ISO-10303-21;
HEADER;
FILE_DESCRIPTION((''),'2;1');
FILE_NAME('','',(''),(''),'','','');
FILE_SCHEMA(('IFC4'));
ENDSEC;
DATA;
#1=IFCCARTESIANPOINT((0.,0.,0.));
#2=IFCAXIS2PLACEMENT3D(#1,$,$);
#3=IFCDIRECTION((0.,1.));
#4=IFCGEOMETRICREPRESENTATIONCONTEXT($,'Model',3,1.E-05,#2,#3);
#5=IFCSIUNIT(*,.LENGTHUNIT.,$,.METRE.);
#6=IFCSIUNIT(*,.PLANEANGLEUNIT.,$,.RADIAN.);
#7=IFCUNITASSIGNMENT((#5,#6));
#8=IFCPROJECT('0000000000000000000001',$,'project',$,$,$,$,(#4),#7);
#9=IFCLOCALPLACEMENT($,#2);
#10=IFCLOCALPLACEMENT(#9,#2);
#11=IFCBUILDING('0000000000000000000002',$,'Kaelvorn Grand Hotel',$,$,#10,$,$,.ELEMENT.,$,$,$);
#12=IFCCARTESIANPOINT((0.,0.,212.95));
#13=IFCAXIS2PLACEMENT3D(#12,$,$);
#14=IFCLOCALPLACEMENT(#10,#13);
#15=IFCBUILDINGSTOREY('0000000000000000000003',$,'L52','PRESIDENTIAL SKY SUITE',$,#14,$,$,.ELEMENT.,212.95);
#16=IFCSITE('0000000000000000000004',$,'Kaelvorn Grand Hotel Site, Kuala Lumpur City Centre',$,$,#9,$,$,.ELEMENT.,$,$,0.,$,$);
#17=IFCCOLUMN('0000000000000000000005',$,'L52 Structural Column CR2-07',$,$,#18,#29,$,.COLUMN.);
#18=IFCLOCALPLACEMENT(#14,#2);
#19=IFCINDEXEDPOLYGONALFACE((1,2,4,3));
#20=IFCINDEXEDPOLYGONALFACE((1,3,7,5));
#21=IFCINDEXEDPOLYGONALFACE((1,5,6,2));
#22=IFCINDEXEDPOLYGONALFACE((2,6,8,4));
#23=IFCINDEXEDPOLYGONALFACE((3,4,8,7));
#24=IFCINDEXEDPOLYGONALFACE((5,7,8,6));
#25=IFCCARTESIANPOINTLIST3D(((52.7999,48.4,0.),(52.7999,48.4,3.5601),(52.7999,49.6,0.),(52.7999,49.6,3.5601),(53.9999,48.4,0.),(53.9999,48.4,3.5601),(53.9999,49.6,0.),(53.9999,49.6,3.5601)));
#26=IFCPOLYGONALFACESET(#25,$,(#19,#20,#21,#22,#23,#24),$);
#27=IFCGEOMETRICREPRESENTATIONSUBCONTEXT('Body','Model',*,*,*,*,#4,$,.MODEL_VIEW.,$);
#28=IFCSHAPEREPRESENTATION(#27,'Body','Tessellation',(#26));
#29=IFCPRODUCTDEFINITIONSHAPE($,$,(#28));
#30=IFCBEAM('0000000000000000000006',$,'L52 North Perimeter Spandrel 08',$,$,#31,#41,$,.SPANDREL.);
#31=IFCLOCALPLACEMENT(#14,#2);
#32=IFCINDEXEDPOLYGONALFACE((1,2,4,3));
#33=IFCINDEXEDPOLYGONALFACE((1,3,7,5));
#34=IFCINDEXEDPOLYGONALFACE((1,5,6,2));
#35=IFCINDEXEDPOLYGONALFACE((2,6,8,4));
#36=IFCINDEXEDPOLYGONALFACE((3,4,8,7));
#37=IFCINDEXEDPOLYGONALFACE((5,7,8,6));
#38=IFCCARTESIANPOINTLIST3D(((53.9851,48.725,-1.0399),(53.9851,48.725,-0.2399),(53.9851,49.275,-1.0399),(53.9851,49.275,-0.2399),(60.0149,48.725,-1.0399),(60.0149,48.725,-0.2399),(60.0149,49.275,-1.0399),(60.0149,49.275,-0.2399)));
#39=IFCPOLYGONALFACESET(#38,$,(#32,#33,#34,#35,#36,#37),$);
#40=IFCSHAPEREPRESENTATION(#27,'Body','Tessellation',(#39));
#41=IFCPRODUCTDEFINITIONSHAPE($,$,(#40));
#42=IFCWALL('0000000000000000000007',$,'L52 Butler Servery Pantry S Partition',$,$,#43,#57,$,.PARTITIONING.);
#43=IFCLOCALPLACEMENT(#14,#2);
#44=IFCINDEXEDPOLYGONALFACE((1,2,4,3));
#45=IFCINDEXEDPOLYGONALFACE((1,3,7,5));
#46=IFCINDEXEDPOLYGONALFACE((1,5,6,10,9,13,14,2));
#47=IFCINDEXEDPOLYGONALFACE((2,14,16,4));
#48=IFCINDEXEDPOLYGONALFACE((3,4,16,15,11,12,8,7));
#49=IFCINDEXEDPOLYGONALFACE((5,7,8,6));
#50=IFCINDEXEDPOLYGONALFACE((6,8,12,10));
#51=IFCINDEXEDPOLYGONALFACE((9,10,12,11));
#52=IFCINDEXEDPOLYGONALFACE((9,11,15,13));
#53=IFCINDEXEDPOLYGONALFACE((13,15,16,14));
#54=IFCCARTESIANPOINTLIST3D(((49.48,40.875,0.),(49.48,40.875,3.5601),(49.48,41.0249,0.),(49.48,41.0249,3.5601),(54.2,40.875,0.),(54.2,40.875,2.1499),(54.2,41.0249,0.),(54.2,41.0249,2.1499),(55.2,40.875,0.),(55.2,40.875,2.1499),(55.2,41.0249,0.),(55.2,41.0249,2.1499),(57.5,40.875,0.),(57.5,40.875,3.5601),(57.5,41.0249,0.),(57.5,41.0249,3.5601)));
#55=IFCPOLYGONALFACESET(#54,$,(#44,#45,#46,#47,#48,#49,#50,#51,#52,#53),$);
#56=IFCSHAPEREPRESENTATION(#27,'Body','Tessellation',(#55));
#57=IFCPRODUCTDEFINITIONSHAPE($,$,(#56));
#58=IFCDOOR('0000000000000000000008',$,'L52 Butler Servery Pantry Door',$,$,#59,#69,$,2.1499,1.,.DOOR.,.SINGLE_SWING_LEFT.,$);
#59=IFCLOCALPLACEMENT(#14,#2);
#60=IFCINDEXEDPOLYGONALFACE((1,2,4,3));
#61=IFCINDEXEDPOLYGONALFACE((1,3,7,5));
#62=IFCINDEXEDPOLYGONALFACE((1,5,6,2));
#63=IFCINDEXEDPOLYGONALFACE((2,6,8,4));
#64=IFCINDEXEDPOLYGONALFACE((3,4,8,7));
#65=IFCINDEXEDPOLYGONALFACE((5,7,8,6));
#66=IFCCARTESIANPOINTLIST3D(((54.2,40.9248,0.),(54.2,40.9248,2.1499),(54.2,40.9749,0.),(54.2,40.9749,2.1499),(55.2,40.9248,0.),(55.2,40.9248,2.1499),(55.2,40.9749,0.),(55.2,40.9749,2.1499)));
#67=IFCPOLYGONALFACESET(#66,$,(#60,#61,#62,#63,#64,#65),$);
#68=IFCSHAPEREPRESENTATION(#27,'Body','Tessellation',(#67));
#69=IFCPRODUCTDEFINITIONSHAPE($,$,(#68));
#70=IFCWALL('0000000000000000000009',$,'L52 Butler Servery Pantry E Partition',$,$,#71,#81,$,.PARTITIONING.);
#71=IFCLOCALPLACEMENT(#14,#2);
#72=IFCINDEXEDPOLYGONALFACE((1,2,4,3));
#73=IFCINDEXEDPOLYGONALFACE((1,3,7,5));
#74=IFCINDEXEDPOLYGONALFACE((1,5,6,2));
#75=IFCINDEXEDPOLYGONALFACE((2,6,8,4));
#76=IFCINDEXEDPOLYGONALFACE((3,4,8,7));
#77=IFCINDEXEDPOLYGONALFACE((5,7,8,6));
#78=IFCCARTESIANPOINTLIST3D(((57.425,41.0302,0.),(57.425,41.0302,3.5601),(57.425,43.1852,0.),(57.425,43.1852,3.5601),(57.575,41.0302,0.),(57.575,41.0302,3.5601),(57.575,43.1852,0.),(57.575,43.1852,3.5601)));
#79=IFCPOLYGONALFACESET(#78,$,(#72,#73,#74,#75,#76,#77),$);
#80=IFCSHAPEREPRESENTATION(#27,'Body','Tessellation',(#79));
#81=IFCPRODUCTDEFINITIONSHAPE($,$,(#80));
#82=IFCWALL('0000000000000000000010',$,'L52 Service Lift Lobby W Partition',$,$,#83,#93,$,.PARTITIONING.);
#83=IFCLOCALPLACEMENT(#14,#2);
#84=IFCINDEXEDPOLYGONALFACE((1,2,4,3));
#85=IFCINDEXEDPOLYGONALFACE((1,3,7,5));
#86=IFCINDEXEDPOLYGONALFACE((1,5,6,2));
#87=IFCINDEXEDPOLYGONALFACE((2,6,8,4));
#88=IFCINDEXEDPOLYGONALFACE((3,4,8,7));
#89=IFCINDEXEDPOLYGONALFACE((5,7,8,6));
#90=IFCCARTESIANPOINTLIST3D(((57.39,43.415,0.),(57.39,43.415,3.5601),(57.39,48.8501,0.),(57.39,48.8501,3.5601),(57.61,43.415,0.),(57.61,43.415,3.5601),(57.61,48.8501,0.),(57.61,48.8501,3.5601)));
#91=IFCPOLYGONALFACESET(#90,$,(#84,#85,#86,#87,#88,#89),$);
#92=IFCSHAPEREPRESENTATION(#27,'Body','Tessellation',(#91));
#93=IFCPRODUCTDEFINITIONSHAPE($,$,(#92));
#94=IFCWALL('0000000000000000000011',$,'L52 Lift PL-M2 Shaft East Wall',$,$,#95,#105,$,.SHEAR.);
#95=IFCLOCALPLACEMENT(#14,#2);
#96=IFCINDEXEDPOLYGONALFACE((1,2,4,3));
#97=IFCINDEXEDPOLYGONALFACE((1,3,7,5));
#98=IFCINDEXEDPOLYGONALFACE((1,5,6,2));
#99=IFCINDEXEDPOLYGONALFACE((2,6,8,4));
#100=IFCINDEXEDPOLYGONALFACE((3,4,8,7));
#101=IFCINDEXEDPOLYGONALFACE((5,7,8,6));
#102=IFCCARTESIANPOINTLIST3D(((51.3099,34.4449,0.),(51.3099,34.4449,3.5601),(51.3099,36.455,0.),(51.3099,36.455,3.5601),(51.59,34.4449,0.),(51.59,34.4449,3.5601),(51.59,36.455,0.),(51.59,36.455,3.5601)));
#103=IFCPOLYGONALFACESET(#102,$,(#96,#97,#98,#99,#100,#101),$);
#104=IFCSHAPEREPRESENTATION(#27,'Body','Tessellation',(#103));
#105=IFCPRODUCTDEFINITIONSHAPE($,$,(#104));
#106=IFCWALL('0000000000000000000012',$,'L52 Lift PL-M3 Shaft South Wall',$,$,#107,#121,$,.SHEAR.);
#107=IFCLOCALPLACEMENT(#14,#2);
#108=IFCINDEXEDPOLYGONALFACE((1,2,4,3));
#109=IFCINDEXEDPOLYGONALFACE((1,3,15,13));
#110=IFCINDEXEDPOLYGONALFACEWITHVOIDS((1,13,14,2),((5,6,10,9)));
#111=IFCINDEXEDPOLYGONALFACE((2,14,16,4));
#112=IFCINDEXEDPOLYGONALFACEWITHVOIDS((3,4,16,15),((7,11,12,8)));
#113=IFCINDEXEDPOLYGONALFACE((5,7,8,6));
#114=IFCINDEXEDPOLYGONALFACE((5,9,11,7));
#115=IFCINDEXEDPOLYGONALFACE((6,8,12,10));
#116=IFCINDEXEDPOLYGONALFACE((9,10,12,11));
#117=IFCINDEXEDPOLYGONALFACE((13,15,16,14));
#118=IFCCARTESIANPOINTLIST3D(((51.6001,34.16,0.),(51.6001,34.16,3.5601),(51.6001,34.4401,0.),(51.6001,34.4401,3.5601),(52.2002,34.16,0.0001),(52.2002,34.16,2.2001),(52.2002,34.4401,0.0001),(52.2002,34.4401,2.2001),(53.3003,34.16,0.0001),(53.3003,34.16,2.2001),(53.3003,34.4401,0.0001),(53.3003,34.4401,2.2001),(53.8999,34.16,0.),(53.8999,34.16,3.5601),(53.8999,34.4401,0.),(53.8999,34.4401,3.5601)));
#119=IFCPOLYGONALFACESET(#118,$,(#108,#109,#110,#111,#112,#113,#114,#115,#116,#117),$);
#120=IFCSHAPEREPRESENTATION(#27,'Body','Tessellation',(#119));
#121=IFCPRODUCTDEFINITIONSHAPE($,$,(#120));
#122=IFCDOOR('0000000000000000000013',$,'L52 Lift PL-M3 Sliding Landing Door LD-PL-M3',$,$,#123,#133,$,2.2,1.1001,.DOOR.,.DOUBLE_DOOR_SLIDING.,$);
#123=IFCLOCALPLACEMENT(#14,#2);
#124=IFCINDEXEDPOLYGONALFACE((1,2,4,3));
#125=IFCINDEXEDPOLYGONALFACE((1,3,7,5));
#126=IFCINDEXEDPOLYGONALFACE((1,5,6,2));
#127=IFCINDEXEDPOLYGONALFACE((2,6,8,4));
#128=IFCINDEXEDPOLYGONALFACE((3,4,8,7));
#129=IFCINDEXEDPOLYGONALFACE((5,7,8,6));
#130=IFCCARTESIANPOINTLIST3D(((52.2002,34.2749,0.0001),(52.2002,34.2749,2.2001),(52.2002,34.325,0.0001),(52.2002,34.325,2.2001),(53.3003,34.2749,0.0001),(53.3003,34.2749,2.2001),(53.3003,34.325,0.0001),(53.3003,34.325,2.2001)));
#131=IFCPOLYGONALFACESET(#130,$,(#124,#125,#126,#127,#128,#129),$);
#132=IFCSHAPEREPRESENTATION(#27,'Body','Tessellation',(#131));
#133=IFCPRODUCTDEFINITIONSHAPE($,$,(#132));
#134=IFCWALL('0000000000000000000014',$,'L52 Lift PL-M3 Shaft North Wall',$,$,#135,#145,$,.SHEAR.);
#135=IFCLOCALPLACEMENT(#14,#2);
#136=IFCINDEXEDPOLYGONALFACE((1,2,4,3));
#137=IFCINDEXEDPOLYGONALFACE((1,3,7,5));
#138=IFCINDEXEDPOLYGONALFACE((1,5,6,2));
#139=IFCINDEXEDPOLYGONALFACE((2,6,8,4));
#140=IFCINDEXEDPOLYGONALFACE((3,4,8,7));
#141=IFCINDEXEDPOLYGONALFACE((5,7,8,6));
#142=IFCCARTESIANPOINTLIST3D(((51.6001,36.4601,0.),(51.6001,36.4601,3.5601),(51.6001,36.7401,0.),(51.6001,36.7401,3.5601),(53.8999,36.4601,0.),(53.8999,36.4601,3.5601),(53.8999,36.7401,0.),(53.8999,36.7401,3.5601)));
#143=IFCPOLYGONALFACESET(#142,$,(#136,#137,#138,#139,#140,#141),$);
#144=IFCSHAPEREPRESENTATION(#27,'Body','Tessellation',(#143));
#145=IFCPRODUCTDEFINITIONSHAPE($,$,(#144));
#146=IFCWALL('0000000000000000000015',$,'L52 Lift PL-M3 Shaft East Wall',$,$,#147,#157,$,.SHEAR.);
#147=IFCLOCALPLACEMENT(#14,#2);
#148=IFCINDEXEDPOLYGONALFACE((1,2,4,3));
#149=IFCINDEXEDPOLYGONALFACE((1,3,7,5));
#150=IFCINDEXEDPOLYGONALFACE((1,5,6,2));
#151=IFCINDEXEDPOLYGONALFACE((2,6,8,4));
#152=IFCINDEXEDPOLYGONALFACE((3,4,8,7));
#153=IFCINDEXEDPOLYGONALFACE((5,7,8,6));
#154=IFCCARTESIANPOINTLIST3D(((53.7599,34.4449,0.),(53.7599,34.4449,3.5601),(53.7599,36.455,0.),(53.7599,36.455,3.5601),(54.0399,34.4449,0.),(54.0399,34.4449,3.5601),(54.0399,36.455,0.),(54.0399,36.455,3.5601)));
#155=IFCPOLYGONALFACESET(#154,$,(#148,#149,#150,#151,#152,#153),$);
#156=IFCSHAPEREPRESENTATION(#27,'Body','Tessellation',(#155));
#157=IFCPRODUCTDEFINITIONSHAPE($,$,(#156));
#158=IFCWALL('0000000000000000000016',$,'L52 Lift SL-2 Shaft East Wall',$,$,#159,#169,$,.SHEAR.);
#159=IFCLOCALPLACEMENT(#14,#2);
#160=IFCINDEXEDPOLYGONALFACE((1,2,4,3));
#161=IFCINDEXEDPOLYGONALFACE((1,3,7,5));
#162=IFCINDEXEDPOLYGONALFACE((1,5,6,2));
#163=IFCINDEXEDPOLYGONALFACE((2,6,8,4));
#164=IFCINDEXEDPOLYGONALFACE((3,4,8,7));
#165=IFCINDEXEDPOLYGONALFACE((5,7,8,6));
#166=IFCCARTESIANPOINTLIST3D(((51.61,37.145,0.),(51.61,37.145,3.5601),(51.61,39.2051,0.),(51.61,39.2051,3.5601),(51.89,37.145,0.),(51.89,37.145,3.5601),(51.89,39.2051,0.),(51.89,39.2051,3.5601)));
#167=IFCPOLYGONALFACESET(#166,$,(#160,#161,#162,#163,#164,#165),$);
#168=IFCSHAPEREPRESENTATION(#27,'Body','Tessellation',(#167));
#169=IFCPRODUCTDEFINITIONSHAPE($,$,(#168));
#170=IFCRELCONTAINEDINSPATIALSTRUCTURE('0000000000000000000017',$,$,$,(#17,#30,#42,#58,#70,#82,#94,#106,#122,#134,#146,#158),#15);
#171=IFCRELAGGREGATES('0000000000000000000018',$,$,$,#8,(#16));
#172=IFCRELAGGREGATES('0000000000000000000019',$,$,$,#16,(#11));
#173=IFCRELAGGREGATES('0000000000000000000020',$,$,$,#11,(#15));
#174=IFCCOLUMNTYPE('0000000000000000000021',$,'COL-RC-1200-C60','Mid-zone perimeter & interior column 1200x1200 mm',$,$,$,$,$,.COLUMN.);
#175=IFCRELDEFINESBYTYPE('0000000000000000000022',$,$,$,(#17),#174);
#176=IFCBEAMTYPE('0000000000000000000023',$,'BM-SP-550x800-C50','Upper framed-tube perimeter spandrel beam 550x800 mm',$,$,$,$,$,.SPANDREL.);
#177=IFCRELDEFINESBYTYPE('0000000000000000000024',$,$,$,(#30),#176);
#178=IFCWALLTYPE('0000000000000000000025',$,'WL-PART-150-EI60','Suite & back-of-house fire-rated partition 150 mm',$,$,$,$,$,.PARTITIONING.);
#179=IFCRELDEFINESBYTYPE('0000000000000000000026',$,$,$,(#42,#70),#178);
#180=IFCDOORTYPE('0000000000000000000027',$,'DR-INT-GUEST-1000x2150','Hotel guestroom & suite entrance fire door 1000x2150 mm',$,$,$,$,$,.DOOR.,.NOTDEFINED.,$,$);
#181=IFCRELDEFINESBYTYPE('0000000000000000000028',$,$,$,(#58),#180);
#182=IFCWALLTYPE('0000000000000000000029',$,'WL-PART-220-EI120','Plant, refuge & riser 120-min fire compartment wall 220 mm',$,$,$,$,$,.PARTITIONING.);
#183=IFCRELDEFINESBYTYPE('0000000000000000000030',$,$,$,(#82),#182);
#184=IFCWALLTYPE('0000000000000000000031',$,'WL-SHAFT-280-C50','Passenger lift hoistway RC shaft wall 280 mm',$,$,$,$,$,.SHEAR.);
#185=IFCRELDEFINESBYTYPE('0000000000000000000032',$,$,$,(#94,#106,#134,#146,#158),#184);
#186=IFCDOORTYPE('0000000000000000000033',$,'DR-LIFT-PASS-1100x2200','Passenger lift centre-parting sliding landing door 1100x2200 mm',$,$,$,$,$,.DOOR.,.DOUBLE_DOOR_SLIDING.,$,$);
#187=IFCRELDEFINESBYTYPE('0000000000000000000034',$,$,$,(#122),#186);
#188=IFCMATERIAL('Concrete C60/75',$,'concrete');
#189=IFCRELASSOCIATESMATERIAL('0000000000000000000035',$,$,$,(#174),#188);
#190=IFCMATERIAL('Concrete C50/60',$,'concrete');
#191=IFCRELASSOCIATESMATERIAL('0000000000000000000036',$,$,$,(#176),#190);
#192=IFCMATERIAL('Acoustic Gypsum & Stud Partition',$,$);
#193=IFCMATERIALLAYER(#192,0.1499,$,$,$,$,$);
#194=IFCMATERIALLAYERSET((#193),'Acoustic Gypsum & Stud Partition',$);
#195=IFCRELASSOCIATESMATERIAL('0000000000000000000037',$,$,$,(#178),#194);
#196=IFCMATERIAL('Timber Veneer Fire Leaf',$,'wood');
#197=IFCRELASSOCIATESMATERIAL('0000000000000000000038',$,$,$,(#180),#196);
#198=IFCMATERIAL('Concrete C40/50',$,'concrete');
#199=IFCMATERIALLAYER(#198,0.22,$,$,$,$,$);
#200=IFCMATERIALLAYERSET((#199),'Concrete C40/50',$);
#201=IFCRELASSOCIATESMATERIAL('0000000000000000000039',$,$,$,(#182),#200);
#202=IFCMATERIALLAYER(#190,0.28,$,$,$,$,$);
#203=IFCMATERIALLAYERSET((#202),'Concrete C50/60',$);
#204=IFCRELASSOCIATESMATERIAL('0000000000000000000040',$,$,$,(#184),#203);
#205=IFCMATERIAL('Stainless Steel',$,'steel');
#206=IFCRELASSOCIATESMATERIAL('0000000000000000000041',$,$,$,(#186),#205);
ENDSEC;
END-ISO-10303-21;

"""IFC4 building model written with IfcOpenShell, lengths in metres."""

from ifc_helpers import new_model, si_unit, direction, frame, frame_2d, origin, origin_2d, place, context, subcontext, project, spatial, rectangle, extrude, material, layer, layer_set, material_profile, profile_set, type_object, element, fill, save


model = new_model("IFC4")

# Units and contexts
model_context = context("Model", 3, precision=1e-05, world=origin(), true_north=direction((0.0, 1.0)))
body_context = subcontext(model_context, "Body", "Model", "MODEL_VIEW")
ifc_project = project(units=[si_unit("LENGTHUNIT", "METRE"), si_unit("PLANEANGLEUNIT", "RADIAN")], contexts=[model_context])

# Site, building, storey
site_placement = place(None, origin())
site = spatial("IfcSite", under=ifc_project, at=site_placement, Name="Kaelvorn Grand Hotel Site, Kuala Lumpur City Centre", CompositionType="ELEMENT", RefElevation=0.0)
building_placement = place(site_placement, origin())
building = spatial("IfcBuilding", under=site, at=building_placement, Name="Kaelvorn Grand Hotel", CompositionType="ELEMENT")
storey_placement = place(building_placement, frame((0.0, 0.0, 212.95)))
storey = spatial("IfcBuildingStorey", under=building, at=storey_placement, Name="L52", Description="PRESIDENTIAL SKY SUITE", CompositionType="ELEMENT", Elevation=212.95)

# Column
ifc_material_1 = material(Name="Concrete C60/75", Category="concrete")
ifc_material_profile_1 = material_profile(ifc_material_1, rectangle(XDim=1.2, YDim=1.2, at=origin_2d()), Name="RC COL 1200x1200")
ifc_profile_set_1 = profile_set([ifc_material_profile_1], Name="Concrete C60/75")
column_type = type_object("IfcColumnType", Name="COL-RC-1200-C60", Description="Mid-zone perimeter & interior column 1200x1200 mm", PredefinedType="COLUMN", material=ifc_profile_set_1)
column_placement = place(storey_placement, frame((53.3999, 49.0, 0.0), z_axis=(0.0, 0.0, 1.0), x_axis=(1.0, 0.0, 0.0)))
element("IfcColumn", 1, at=column_placement, inside=storey, type_object=column_type, Name="L52 Structural Column CR2-07", PredefinedType="COLUMN", context=body_context, shape_type="SweptSolid", body=[
    extrude(rectangle(XDim=1.2, YDim=1.2, at=origin_2d()), origin(), (0.0, 0.0, 1.0), 3.5601),
])

# Beam
ifc_material_2 = material(Name="Concrete C50/60", Category="concrete")
ifc_material_profile_2 = material_profile(ifc_material_2, rectangle(XDim=0.55, YDim=0.8, at=origin_2d()), Name="RC SPANDREL 550x800")
ifc_profile_set_2 = profile_set([ifc_material_profile_2], Name="Concrete C50/60")
beam_type = type_object("IfcBeamType", Name="BM-SP-550x800-C50", Description="Upper framed-tube perimeter spandrel beam 550x800 mm", PredefinedType="SPANDREL", material=ifc_profile_set_2)
beam_placement = place(storey_placement, frame((53.9851, 49.0, -0.6399), z_axis=(1.0, 0.0, 0.0), x_axis=(0.0, 1.0, 0.0)))
element("IfcBeam", 2, at=beam_placement, inside=storey, type_object=beam_type, Name="L52 North Perimeter Spandrel 08", PredefinedType="SPANDREL", context=body_context, shape_type="SweptSolid", body=[
    extrude(rectangle(XDim=0.55, YDim=0.8, at=origin_2d()), origin(), (0.0, 0.0, 1.0), 6.0298),
])

# Wall, opening, door
ifc_material_3 = material(Name="Acoustic Gypsum & Stud Partition")
ifc_layer_1 = layer(ifc_material_3, 0.1499)
ifc_layer_set_1 = layer_set([ifc_layer_1], Name="Acoustic Gypsum & Stud Partition")
wall_type_1 = type_object("IfcWallType", Name="WL-PART-150-EI60", Description="Suite & back-of-house fire-rated partition 150 mm", PredefinedType="PARTITIONING", material=ifc_layer_set_1)
wall_1_placement = place(storey_placement, frame((49.48, 40.95, 0.0), z_axis=(0.0, 0.0, 1.0), x_axis=(1.0, 0.0, 0.0)))
wall_1 = element("IfcWall", 3, at=wall_1_placement, inside=storey, type_object=wall_type_1, Name="L52 Butler Servery Pantry S Partition", PredefinedType="PARTITIONING", context=body_context, shape_type="SweptSolid", body=[
    extrude(rectangle(XDim=8.02, YDim=0.1499, at=frame_2d((4.01, 0.0))), origin(), (0.0, 0.0, 1.0), 3.5601),
])
opening_1_placement = place(wall_1_placement, frame((4.72, 0.0, 0.0)))
opening_1 = element("IfcOpeningElement", 4, at=opening_1_placement, cuts=wall_1, PredefinedType="OPENING", context=body_context, shape_type="SweptSolid", body=[
    extrude(rectangle(XDim=1.0, YDim=2.1499, at=frame_2d((0.5, 1.075))), frame((0.0, 0.085, 0.0), z_axis=(0.0, -1.0, 0.0), x_axis=(1.0, 0.0, 0.0)), (0.0, 0.0, 1.0), 0.1699),
])
ifc_material_4 = material(Name="Timber Veneer Fire Leaf", Category="wood")
door_type_1 = type_object("IfcDoorType", Name="DR-INT-GUEST-1000x2150", Description="Hotel guestroom & suite entrance fire door 1000x2150 mm", OperationType="NOTDEFINED", PredefinedType="DOOR", material=ifc_material_4)
door_1_placement = place(opening_1_placement, origin())
door_1 = element("IfcDoor", 5, at=door_1_placement, inside=storey, type_object=door_type_1, Name="L52 Butler Servery Pantry Door", OperationType="SINGLE_SWING_LEFT", OverallHeight=2.1499, OverallWidth=1.0, PredefinedType="DOOR", context=body_context, shape_type="SweptSolid", body=[
    extrude(rectangle(XDim=1.0, YDim=2.1499, at=frame_2d((0.5, 1.075))), frame((0.0, 0.0249, 0.0), z_axis=(0.0, -1.0, 0.0), x_axis=(1.0, 0.0, 0.0)), (0.0, 0.0, 1.0), 0.05),
])
fill(opening_1, door_1)

# Wall
wall_2_placement = place(storey_placement, frame((57.5, 41.03, 0.0), z_axis=(0.0, 0.0, 1.0), x_axis=(0.0, 1.0, 0.0)))
element("IfcWall", 6, at=wall_2_placement, inside=storey, type_object=wall_type_1, Name="L52 Butler Servery Pantry E Partition", PredefinedType="PARTITIONING", context=body_context, shape_type="SweptSolid", body=[
    extrude(rectangle(XDim=2.155, YDim=0.1499, at=frame_2d((1.0776, 0.0))), origin(), (0.0, 0.0, 1.0), 3.5601),
])

# Shared definitions
ifc_material_5 = material(Name="Concrete C40/50", Category="concrete")
ifc_layer_2 = layer(ifc_material_5, 0.22)
ifc_layer_set_2 = layer_set([ifc_layer_2], Name="Concrete C40/50")
wall_type_2 = type_object("IfcWallType", Name="WL-PART-220-EI120", Description="Plant, refuge & riser 120-min fire compartment wall 220 mm", PredefinedType="PARTITIONING", material=ifc_layer_set_2)

# Walls
wall_3_placement = place(storey_placement, frame((57.5, 43.415, 0.0), z_axis=(0.0, 0.0, 1.0), x_axis=(0.0, 1.0, 0.0)))
element("IfcWall", 7, at=wall_3_placement, inside=storey, type_object=wall_type_2, Name="L52 Service Lift Lobby W Partition", PredefinedType="PARTITIONING", context=body_context, shape_type="SweptSolid", body=[
    extrude(rectangle(XDim=5.4351, YDim=0.22, at=frame_2d((2.7175, 0.0))), origin(), (0.0, 0.0, 1.0), 3.5601),
])
ifc_layer_3 = layer(ifc_material_2, 0.28)
ifc_layer_set_3 = layer_set([ifc_layer_3], Name="Concrete C50/60")
wall_type_3 = type_object("IfcWallType", Name="WL-SHAFT-280-C50", Description="Passenger lift hoistway RC shaft wall 280 mm", PredefinedType="SHEAR", material=ifc_layer_set_3)
wall_4_placement = place(storey_placement, frame((51.45, 34.4451, 0.0), z_axis=(0.0, 0.0, 1.0), x_axis=(0.0, 1.0, 0.0)))
element("IfcWall", 8, at=wall_4_placement, inside=storey, type_object=wall_type_3, Name="L52 Lift PL-M2 Shaft East Wall", PredefinedType="SHEAR", context=body_context, shape_type="SweptSolid", body=[
    extrude(rectangle(XDim=2.01, YDim=0.28, at=frame_2d((1.0049, 0.0))), origin(), (0.0, 0.0, 1.0), 3.5601),
])

# Wall, opening, door
wall_5_placement = place(storey_placement, frame((51.6001, 34.3, 0.0), z_axis=(0.0, 0.0, 1.0), x_axis=(1.0, 0.0, 0.0)))
wall_5 = element("IfcWall", 9, at=wall_5_placement, inside=storey, type_object=wall_type_3, Name="L52 Lift PL-M3 Shaft South Wall", PredefinedType="SHEAR", context=body_context, shape_type="SweptSolid", body=[
    extrude(rectangle(XDim=2.2998, YDim=0.28, at=frame_2d((1.1499, 0.0))), origin(), (0.0, 0.0, 1.0), 3.5601),
])
opening_2_placement = place(wall_5_placement, frame((0.6001, 0.0, 0.0)))
opening_2 = element("IfcOpeningElement", 10, at=opening_2_placement, cuts=wall_5, PredefinedType="OPENING", context=body_context, shape_type="SweptSolid", body=[
    extrude(rectangle(XDim=1.1001, YDim=2.2, at=frame_2d((0.55, 1.1001))), frame((0.0, 0.1499, 0.0), z_axis=(0.0, -1.0, 0.0), x_axis=(1.0, 0.0, 0.0)), (0.0, 0.0, 1.0), 0.3),
])
ifc_material_6 = material(Name="Stainless Steel", Category="steel")
door_type_2 = type_object("IfcDoorType", Name="DR-LIFT-PASS-1100x2200", Description="Passenger lift centre-parting sliding landing door 1100x2200 mm", OperationType="DOUBLE_DOOR_SLIDING", PredefinedType="DOOR", material=ifc_material_6)
door_2_placement = place(opening_2_placement, origin())
door_2 = element("IfcDoor", 11, at=door_2_placement, inside=storey, type_object=door_type_2, Name="L52 Lift PL-M3 Sliding Landing Door LD-PL-M3", OperationType="DOUBLE_DOOR_SLIDING", OverallHeight=2.2, OverallWidth=1.1001, PredefinedType="DOOR", context=body_context, shape_type="SweptSolid", body=[
    extrude(rectangle(XDim=1.1001, YDim=2.2, at=frame_2d((0.55, 1.1001))), frame((0.0, 0.0249, 0.0), z_axis=(0.0, -1.0, 0.0), x_axis=(1.0, 0.0, 0.0)), (0.0, 0.0, 1.0), 0.05),
])
fill(opening_2, door_2)

# Walls
wall_6_placement = place(storey_placement, frame((51.6001, 36.6001, 0.0), z_axis=(0.0, 0.0, 1.0), x_axis=(1.0, 0.0, 0.0)))
element("IfcWall", 12, at=wall_6_placement, inside=storey, type_object=wall_type_3, Name="L52 Lift PL-M3 Shaft North Wall", PredefinedType="SHEAR", context=body_context, shape_type="SweptSolid", body=[
    extrude(rectangle(XDim=2.2998, YDim=0.28, at=frame_2d((1.1499, 0.0))), origin(), (0.0, 0.0, 1.0), 3.5601),
])
wall_7_placement = place(storey_placement, frame((53.8999, 34.4451, 0.0), z_axis=(0.0, 0.0, 1.0), x_axis=(0.0, 1.0, 0.0)))
element("IfcWall", 13, at=wall_7_placement, inside=storey, type_object=wall_type_3, Name="L52 Lift PL-M3 Shaft East Wall", PredefinedType="SHEAR", context=body_context, shape_type="SweptSolid", body=[
    extrude(rectangle(XDim=2.01, YDim=0.28, at=frame_2d((1.0049, 0.0))), origin(), (0.0, 0.0, 1.0), 3.5601),
])
wall_8_placement = place(storey_placement, frame((51.75, 37.145, 0.0), z_axis=(0.0, 0.0, 1.0), x_axis=(0.0, 1.0, 0.0)))
element("IfcWall", 14, at=wall_8_placement, inside=storey, type_object=wall_type_3, Name="L52 Lift SL-2 Shaft East Wall", PredefinedType="SHEAR", context=body_context, shape_type="SweptSolid", body=[
    extrude(rectangle(XDim=2.0601, YDim=0.28, at=frame_2d((1.03, 0.0))), origin(), (0.0, 0.0, 1.0), 3.5601),
])

save(model, "model.ifc")
